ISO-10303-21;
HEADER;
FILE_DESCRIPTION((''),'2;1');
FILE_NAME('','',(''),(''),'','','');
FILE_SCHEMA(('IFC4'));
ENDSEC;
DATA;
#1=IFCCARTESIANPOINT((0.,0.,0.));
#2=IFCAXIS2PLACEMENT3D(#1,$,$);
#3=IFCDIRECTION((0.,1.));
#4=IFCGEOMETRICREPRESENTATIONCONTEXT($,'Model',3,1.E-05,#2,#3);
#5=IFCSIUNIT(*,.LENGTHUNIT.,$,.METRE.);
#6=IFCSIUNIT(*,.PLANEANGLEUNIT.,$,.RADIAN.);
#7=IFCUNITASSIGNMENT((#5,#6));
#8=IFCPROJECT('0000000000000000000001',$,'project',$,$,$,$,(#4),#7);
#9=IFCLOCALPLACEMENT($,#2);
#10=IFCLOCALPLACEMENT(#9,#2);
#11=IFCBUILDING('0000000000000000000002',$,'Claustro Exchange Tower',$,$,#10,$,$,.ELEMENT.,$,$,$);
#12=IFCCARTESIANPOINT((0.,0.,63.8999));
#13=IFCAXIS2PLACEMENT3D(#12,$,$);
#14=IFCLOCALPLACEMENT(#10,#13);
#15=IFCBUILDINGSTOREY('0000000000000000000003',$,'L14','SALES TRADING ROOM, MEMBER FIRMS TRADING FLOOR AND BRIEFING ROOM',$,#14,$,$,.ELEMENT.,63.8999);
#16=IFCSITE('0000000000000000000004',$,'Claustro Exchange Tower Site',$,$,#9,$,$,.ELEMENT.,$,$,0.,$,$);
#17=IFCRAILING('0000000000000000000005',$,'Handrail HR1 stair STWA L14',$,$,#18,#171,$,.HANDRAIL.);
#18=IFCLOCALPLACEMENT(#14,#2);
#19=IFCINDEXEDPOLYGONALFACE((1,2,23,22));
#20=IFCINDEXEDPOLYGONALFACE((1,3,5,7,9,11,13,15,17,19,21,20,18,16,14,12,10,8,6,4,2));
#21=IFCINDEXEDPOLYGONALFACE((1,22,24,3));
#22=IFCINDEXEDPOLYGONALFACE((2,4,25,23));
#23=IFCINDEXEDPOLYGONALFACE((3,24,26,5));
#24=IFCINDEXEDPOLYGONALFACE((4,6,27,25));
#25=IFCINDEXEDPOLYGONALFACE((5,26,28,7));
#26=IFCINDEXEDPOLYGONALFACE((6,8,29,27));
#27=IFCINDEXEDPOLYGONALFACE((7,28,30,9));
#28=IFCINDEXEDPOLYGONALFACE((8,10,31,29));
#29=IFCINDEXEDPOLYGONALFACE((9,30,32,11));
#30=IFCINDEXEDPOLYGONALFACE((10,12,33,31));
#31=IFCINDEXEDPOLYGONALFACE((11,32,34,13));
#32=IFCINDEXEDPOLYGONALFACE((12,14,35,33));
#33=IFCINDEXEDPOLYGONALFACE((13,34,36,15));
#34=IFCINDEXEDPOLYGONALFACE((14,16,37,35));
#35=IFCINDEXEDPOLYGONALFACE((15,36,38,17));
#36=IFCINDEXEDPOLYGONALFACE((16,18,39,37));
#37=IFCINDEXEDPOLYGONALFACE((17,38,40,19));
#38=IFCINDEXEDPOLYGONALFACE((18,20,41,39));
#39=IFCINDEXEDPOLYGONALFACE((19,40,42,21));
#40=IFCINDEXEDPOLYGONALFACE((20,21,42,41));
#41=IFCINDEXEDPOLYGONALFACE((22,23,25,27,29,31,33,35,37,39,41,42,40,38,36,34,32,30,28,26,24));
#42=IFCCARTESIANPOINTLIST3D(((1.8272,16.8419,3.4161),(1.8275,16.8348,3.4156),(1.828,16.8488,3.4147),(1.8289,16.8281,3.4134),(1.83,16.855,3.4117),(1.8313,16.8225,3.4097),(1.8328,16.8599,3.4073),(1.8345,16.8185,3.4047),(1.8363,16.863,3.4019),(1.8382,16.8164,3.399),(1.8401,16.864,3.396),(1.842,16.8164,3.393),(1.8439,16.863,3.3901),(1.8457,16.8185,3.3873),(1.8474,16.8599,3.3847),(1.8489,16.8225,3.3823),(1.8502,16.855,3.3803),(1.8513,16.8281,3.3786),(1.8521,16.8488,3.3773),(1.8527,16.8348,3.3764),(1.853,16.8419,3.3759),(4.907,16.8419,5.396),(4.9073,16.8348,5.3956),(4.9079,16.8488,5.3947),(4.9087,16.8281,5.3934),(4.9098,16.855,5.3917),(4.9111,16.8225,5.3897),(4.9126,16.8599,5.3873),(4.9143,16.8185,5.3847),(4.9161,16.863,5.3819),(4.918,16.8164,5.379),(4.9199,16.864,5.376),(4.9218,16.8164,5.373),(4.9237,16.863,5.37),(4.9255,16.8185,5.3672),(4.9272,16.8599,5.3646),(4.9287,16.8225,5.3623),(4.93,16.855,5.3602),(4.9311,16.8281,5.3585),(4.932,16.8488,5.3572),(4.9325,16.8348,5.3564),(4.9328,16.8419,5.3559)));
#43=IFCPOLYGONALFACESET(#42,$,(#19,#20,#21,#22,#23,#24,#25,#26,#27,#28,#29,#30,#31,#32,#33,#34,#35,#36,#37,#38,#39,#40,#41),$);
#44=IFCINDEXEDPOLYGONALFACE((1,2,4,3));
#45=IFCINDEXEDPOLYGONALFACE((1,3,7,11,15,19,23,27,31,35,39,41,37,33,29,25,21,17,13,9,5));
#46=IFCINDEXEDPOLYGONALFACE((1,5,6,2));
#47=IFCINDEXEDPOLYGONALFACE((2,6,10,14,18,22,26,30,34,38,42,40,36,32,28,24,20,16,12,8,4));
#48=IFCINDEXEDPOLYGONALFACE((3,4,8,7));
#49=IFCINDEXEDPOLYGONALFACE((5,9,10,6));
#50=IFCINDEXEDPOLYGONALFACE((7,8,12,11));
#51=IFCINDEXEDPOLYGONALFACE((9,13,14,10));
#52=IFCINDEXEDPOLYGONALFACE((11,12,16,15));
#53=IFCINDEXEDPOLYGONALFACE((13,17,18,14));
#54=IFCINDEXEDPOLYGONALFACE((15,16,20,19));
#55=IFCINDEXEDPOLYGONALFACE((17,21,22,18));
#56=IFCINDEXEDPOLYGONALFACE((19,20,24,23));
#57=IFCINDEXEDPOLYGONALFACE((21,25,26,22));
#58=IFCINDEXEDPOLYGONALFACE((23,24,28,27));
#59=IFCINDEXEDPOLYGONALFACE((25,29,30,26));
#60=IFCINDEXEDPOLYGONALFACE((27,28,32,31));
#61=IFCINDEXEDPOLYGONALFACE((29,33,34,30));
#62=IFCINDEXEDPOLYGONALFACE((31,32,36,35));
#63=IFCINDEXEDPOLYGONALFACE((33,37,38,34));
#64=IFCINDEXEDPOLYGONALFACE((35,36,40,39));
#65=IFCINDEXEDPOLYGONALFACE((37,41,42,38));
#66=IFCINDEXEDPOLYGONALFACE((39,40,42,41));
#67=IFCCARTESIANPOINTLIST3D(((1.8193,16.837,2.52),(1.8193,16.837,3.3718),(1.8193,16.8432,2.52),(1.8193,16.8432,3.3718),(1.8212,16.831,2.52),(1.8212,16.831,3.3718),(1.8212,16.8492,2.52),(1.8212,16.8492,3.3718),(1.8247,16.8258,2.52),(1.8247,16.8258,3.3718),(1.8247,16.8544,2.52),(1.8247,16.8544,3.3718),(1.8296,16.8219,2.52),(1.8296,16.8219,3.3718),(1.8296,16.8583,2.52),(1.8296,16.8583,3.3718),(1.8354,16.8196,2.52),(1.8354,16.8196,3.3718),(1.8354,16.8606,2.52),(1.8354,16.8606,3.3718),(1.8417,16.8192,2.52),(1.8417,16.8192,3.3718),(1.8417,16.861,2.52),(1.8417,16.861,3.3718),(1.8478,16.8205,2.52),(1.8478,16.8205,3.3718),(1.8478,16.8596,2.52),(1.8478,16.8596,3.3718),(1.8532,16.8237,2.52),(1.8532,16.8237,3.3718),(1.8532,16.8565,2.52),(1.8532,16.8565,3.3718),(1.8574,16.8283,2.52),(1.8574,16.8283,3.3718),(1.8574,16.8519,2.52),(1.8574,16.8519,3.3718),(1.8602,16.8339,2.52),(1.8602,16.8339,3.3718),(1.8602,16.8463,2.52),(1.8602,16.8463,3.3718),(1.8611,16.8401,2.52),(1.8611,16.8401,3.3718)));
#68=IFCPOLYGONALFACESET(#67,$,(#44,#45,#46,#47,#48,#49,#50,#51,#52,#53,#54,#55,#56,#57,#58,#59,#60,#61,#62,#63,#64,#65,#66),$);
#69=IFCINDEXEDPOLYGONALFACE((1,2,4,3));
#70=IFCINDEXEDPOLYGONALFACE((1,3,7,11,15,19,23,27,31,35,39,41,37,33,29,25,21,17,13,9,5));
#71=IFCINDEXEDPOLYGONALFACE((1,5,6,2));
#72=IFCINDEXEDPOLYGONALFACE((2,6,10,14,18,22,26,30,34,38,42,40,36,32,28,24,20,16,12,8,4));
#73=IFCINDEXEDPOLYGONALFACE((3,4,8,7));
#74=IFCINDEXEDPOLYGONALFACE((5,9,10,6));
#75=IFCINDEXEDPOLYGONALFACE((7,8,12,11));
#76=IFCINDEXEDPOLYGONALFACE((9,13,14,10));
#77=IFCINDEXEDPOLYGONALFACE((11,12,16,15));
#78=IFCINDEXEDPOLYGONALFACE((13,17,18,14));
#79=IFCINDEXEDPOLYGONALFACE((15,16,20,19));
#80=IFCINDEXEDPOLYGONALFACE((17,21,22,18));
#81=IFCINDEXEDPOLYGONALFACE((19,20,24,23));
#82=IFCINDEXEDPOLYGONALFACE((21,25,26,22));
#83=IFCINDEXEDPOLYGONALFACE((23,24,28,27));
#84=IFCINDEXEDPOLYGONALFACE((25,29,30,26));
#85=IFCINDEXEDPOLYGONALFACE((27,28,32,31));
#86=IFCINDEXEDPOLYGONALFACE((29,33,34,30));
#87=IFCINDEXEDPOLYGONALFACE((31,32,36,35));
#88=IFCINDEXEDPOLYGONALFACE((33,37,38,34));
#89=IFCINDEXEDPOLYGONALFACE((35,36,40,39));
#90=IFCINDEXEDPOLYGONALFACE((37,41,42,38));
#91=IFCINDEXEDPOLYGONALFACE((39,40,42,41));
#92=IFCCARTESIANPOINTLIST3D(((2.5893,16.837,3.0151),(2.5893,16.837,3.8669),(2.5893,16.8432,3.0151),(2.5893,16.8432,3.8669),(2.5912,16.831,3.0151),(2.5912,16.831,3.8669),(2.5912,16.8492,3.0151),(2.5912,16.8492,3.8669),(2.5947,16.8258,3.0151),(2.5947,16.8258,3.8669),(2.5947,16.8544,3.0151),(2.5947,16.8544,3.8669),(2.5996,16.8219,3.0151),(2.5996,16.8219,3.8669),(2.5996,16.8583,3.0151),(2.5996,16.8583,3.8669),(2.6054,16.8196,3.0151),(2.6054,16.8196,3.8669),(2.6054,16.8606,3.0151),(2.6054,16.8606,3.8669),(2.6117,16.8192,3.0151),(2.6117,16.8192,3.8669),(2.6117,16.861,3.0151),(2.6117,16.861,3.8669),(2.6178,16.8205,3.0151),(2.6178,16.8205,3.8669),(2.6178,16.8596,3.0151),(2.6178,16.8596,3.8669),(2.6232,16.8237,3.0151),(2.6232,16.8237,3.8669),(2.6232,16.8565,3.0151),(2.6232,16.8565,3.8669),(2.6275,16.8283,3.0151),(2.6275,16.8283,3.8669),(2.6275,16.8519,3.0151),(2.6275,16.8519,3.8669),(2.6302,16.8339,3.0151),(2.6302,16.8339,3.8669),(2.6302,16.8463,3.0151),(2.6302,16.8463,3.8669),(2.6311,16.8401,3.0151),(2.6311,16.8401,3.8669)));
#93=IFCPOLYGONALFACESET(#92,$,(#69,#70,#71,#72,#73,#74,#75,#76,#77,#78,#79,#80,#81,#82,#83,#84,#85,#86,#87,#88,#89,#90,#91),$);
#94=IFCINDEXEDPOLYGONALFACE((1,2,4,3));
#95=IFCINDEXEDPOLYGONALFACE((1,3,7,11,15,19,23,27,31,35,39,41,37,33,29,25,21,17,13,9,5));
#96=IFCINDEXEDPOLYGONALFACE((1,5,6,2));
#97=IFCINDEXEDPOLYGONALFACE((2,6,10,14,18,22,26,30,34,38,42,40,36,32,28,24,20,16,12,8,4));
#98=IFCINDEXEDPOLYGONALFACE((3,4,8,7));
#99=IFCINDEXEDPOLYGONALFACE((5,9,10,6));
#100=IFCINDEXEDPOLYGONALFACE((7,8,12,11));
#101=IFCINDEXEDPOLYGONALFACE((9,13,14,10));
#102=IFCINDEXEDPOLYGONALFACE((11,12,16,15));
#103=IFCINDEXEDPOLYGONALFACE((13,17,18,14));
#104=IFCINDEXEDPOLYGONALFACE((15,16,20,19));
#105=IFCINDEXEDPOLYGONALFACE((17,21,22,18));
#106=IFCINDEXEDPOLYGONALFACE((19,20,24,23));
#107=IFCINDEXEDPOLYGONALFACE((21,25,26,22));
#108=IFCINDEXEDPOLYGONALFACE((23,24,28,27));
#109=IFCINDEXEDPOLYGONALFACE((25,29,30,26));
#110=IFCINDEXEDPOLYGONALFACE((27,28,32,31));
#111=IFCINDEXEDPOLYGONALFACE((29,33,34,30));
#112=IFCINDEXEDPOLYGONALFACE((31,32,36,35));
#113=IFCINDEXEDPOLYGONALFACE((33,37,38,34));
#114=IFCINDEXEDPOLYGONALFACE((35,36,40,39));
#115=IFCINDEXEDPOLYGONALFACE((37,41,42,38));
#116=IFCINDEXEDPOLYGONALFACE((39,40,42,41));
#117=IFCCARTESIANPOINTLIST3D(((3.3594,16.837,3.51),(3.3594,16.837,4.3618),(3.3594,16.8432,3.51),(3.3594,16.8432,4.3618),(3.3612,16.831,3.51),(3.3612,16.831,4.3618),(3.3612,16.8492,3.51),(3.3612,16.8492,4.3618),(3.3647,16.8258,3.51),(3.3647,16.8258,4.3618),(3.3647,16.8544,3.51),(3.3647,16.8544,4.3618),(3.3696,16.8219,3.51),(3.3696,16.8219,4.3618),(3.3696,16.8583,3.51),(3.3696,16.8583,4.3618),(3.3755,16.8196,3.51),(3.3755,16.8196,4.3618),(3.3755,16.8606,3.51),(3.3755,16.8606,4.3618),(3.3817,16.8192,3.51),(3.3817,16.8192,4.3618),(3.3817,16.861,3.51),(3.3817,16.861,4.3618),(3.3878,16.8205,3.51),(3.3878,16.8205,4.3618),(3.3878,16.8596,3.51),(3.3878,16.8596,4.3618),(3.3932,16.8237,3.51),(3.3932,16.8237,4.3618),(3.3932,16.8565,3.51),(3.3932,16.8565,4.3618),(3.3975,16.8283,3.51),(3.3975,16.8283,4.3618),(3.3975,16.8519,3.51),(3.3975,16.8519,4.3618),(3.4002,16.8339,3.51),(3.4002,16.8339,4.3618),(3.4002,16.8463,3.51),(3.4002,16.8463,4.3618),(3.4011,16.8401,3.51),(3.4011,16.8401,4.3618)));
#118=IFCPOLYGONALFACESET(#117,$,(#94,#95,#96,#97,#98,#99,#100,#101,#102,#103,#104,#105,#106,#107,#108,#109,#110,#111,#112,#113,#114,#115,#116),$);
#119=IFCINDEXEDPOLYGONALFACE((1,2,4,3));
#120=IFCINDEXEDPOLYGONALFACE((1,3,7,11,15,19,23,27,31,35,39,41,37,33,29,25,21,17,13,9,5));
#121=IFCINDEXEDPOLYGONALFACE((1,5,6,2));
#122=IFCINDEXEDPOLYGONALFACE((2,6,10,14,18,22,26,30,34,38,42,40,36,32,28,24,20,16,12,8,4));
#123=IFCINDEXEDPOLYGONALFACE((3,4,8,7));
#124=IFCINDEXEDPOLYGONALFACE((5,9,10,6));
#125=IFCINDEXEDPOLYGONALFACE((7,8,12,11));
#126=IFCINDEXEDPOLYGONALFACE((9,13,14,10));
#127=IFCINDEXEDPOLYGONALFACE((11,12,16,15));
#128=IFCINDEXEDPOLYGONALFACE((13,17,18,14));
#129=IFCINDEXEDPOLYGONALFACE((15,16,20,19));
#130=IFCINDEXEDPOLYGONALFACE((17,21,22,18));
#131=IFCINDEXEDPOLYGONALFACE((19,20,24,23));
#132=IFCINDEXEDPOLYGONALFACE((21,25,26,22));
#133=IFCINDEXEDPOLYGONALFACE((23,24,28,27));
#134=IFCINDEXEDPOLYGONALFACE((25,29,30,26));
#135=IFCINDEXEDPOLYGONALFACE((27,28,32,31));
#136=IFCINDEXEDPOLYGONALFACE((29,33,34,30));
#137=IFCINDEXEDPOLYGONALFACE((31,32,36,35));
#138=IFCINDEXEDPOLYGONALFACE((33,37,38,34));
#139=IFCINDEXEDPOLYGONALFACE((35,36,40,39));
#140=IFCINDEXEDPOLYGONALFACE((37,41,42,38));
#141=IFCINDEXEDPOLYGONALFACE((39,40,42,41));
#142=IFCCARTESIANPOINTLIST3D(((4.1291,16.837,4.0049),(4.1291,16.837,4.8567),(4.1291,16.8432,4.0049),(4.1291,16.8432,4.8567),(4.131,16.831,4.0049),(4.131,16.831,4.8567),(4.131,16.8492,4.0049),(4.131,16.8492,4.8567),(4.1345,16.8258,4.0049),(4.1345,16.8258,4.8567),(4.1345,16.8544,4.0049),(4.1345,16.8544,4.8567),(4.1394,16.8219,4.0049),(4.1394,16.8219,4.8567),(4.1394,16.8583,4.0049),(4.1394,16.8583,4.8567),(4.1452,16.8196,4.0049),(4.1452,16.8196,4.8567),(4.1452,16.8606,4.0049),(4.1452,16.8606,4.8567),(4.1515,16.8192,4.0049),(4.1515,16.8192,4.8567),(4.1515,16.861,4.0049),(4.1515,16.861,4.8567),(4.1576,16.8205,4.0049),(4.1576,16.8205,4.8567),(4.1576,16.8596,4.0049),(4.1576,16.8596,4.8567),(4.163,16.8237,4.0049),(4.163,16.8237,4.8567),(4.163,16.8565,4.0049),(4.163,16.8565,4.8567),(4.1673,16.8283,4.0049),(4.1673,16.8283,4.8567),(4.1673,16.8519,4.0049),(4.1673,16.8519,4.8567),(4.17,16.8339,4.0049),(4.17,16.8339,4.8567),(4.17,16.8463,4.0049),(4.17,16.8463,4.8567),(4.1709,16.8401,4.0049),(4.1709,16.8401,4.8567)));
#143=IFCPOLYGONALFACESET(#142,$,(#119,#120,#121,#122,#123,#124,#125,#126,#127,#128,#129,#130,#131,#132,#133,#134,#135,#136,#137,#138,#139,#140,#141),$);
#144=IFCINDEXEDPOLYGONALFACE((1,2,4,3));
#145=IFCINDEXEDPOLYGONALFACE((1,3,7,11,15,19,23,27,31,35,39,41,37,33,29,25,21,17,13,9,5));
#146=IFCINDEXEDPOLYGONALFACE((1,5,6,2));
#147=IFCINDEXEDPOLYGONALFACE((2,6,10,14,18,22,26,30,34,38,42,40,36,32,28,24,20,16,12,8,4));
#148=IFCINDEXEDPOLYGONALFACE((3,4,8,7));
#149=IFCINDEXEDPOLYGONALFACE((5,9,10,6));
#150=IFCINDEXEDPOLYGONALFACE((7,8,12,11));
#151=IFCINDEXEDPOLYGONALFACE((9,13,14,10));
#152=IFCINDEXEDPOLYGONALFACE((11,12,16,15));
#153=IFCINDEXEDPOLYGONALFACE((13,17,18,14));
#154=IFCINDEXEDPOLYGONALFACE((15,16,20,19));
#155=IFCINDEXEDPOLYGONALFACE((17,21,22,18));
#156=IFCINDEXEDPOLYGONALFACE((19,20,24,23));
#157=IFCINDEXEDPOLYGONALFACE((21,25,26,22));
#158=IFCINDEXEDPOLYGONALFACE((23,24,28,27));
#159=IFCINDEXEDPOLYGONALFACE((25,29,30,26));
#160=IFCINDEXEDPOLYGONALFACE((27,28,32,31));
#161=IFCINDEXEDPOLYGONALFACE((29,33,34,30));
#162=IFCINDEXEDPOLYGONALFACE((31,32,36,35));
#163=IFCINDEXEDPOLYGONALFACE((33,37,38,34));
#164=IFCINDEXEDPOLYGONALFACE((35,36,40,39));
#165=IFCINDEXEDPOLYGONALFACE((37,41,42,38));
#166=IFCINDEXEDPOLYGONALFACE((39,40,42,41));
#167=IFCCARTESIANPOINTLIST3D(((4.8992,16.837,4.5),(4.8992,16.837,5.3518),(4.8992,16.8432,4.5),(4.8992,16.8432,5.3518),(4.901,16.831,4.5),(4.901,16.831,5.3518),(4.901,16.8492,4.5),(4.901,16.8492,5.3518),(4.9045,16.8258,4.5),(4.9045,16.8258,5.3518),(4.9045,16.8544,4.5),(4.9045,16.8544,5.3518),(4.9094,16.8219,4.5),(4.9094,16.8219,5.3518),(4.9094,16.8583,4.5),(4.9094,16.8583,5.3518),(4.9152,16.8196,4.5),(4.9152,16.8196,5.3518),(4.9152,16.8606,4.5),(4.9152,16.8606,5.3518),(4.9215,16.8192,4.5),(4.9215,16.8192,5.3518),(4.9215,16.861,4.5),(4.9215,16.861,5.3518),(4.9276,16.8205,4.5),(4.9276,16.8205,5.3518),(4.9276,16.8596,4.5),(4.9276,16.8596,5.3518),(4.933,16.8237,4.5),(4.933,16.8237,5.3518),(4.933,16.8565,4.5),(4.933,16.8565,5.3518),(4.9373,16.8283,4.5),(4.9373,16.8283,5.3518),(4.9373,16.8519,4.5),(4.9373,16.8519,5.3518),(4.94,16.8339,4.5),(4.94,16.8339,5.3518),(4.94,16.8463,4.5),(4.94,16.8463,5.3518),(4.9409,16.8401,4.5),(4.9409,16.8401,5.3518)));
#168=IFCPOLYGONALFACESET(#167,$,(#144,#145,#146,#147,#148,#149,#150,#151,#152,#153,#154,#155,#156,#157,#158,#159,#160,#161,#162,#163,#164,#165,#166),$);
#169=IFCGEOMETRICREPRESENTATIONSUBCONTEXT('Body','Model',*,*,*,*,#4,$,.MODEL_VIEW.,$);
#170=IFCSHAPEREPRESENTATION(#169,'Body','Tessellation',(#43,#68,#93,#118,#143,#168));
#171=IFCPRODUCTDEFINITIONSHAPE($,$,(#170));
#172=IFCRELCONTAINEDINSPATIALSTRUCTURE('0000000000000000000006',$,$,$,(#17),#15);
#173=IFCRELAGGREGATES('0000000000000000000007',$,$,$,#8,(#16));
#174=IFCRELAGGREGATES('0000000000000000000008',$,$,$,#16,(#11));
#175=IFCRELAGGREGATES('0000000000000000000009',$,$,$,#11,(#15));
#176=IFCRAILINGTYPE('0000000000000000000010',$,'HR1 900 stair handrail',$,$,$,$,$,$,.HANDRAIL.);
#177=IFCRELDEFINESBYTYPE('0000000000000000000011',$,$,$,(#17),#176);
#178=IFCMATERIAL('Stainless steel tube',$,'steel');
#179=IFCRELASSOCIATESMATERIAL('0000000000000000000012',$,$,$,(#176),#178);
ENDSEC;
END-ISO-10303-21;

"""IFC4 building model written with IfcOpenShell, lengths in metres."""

from ifc_helpers import new_model, si_unit, direction, frame, origin, origin_2d, place, context, subcontext, project, spatial, circle, extrude, material, type_object, element, save


model = new_model("IFC4")

# Units and contexts
model_context = context("Model", 3, precision=1e-05, world=origin(), true_north=direction((0.0, 1.0)))
body_context = subcontext(model_context, "Body", "Model", "MODEL_VIEW")
ifc_project = project(units=[si_unit("LENGTHUNIT", "METRE"), si_unit("PLANEANGLEUNIT", "RADIAN")], contexts=[model_context])

# Site, building, storey
site_placement = place(None, origin())
site = spatial("IfcSite", under=ifc_project, at=site_placement, Name="Claustro Exchange Tower Site", CompositionType="ELEMENT", RefElevation=0.0)
building_placement = place(site_placement, origin())
building = spatial("IfcBuilding", under=site, at=building_placement, Name="Claustro Exchange Tower", CompositionType="ELEMENT")
storey_placement = place(building_placement, frame((0.0, 0.0, 63.8999)))
storey = spatial("IfcBuildingStorey", under=building, at=storey_placement, Name="L14", Description="SALES TRADING ROOM, MEMBER FIRMS TRADING FLOOR AND BRIEFING ROOM", CompositionType="ELEMENT", Elevation=63.8999)

# Railing
ifc_material_1 = material(Name="Stainless steel tube", Category="steel")
railing_type_1 = type_object("IfcRailingType", Name="HR1 900 stair handrail", PredefinedType="HANDRAIL", material=ifc_material_1)
railing_1_placement = place(storey_placement, frame((1.8401, 16.8401, 2.52)))
element("IfcRailing", 1, at=railing_1_placement, inside=storey, type_object=railing_type_1, Name="Handrail HR1 stair STWA L14", PredefinedType="HANDRAIL", context=body_context, shape_type="SweptSolid", body=[
    extrude(circle(Radius=0.0239, at=origin_2d()), frame((0.0, 0.0, 0.876), z_axis=(0.841168, 0.0, 0.540774), x_axis=(0.0, 1.0, 0.0)), (0.0, 0.0, 1.0), 3.6614),
    extrude(circle(Radius=0.021, at=origin_2d()), origin(), (0.0, 0.0, 1.0), 0.8518),
    extrude(circle(Radius=0.021, at=origin_2d()), frame((0.77, 0.0, 0.4951)), (0.0, 0.0, 1.0), 0.8518),
    extrude(circle(Radius=0.021, at=origin_2d()), frame((1.54, 0.0, 0.99)), (0.0, 0.0, 1.0), 0.8518),
    extrude(circle(Radius=0.021, at=origin_2d()), frame((2.3098, 0.0, 1.4849)), (0.0, 0.0, 1.0), 0.8518),
    extrude(circle(Radius=0.021, at=origin_2d()), frame((3.0798, 0.0, 1.98)), (0.0, 0.0, 1.0), 0.8518),
])

save(model, "model.ifc")
